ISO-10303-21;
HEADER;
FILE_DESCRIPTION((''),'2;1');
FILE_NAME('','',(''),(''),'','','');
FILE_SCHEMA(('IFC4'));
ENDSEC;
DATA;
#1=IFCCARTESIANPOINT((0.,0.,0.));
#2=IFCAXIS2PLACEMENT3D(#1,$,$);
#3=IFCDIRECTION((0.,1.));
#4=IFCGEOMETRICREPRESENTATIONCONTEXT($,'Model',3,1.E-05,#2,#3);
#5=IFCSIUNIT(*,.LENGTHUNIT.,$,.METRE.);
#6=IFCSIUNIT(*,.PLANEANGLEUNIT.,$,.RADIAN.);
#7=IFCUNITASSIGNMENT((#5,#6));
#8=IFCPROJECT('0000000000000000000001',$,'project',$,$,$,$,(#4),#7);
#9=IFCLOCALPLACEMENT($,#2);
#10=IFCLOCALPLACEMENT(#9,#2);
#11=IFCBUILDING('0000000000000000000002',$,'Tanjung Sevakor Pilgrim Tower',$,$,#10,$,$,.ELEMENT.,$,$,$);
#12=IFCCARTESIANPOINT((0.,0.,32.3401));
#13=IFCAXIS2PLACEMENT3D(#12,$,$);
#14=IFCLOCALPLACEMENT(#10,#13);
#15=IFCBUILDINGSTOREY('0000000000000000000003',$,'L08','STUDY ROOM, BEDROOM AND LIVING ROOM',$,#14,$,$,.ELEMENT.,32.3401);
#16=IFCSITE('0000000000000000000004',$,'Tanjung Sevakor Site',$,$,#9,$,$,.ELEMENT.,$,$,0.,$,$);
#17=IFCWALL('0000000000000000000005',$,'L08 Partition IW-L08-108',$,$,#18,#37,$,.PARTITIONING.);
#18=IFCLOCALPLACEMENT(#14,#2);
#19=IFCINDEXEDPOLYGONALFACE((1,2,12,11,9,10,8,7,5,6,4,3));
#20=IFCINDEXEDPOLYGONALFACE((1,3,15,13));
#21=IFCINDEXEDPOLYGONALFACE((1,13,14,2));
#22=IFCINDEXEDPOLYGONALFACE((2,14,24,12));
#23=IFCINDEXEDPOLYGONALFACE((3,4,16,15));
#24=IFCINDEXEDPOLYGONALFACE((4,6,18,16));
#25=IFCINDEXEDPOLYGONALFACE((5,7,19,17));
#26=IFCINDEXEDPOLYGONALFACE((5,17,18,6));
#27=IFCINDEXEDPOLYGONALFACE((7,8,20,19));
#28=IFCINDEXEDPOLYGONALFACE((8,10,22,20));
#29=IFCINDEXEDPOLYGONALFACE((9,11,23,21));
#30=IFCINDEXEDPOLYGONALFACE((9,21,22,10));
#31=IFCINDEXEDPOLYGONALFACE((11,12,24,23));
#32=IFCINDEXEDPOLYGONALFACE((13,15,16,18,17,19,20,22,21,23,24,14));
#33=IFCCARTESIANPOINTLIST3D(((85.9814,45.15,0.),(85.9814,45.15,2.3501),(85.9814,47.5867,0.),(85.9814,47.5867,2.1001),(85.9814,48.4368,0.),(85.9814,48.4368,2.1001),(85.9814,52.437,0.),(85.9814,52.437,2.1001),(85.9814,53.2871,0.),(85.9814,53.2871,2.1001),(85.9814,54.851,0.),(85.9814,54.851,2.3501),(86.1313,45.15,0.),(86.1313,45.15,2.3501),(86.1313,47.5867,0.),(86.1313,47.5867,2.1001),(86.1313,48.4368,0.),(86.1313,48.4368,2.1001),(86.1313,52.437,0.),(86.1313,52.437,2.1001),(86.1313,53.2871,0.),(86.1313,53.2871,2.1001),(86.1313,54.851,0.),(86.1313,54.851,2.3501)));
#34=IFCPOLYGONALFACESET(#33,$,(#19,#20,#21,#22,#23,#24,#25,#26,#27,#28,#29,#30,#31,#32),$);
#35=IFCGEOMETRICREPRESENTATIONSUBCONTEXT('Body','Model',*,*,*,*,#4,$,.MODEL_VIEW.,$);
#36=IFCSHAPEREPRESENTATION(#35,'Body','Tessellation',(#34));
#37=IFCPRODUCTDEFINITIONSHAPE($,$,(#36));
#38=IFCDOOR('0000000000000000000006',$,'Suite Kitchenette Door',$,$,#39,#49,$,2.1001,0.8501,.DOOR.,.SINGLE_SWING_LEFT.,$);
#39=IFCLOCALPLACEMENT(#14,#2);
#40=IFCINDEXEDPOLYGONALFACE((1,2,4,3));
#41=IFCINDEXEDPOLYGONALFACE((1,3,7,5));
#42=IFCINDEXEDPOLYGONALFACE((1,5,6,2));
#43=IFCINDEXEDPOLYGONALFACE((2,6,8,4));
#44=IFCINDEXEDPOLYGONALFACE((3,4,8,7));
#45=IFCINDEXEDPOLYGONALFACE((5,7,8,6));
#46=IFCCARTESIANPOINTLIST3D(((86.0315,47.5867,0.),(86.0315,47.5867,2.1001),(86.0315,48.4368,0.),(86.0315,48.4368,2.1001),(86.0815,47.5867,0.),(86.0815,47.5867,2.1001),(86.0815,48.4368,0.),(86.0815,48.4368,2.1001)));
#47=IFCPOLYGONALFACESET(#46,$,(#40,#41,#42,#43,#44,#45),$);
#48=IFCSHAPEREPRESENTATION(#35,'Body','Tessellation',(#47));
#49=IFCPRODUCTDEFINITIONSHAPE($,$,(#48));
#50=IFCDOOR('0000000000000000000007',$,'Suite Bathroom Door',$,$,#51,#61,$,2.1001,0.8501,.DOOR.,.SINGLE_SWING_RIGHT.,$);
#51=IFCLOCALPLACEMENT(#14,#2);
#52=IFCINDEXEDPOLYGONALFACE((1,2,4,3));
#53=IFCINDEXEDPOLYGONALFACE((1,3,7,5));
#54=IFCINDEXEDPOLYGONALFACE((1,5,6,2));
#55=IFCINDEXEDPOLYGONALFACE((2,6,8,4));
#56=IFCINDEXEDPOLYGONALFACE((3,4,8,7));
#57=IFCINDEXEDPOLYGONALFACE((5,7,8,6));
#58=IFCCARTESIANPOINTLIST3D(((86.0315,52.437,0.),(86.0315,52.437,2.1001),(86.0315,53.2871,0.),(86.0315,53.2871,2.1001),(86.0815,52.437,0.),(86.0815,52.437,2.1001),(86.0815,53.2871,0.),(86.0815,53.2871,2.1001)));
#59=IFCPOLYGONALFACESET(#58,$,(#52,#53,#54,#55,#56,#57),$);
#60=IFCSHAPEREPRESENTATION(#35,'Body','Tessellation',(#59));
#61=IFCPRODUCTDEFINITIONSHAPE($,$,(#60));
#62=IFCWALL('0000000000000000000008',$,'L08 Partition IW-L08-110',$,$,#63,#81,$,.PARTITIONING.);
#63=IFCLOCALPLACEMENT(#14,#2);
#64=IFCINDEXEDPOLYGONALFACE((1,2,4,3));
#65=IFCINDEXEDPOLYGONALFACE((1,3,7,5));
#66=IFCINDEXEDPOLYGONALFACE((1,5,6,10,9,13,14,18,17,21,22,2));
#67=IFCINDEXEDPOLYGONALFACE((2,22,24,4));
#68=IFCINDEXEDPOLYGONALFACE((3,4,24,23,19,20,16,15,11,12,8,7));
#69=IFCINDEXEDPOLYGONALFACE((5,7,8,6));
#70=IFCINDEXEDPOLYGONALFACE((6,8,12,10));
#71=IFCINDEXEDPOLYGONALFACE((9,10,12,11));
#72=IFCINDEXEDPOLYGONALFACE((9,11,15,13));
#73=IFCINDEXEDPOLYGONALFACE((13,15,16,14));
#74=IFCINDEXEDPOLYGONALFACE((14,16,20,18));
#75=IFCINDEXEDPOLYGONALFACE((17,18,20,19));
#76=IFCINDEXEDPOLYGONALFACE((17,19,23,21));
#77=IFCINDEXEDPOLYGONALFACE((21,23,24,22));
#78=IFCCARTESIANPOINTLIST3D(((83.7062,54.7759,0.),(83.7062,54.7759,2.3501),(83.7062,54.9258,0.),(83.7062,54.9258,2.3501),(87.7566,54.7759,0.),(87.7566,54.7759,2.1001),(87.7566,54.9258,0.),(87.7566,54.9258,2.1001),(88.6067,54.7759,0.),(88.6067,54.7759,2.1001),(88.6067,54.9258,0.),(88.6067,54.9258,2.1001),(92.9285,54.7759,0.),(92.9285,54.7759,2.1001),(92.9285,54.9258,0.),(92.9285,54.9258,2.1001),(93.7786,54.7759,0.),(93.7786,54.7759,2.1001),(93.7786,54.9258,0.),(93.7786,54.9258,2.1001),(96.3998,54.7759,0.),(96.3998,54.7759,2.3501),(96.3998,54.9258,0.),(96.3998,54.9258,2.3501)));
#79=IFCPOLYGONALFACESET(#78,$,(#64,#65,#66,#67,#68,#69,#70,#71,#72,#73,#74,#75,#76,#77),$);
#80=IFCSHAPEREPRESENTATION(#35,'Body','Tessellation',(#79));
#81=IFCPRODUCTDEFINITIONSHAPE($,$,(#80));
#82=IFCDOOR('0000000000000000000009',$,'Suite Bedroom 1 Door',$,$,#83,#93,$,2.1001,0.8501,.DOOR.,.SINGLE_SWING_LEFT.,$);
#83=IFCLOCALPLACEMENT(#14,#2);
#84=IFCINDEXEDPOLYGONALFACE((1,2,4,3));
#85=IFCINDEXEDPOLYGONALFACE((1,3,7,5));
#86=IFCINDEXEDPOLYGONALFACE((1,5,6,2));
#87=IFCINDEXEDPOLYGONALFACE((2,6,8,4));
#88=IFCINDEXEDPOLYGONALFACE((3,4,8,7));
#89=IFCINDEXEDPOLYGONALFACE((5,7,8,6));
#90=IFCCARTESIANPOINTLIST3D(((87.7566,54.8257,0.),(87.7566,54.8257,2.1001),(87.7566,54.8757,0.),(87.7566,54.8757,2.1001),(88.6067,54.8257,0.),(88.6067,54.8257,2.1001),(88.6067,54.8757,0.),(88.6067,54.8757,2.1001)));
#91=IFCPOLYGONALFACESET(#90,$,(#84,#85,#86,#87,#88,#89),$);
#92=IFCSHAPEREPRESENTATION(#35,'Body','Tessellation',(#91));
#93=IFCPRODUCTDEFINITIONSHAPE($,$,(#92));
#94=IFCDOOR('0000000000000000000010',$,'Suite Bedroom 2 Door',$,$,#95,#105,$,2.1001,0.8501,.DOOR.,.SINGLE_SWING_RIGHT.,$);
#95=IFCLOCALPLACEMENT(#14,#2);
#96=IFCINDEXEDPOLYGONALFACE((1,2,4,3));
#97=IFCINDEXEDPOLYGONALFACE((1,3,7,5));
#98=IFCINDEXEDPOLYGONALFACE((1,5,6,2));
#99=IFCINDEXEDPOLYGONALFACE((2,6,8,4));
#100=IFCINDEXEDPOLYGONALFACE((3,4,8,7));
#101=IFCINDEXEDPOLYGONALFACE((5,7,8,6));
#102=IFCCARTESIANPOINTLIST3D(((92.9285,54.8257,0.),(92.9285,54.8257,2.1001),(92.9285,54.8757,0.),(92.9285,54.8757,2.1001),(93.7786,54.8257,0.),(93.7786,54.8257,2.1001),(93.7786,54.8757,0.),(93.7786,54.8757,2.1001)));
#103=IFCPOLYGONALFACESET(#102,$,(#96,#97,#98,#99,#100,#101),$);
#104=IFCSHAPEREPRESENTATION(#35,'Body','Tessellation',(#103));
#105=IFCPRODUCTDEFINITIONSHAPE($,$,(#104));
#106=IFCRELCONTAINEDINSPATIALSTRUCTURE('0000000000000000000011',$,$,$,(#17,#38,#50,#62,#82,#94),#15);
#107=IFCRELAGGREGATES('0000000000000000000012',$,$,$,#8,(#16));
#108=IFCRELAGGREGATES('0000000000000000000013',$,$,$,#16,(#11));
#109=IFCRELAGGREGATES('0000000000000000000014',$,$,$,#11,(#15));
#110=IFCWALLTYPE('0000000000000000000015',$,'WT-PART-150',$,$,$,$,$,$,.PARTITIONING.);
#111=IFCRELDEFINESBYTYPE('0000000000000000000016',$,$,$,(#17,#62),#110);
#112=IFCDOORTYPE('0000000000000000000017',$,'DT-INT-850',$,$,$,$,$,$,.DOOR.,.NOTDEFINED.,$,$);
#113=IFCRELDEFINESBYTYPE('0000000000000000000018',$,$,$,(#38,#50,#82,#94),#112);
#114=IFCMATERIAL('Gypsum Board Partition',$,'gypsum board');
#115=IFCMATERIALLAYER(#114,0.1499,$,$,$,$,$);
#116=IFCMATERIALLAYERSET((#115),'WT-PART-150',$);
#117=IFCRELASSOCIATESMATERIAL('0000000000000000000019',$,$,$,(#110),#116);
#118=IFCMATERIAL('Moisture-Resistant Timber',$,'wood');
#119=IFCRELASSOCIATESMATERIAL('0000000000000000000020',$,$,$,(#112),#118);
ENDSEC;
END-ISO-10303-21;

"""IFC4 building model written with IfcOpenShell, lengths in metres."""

from ifc_helpers import new_model, si_unit, direction, frame, frame_2d, origin, place, context, subcontext, project, spatial, rectangle, extrude, material, layer, layer_set, type_object, element, fill, save


model = new_model("IFC4")

# Units and contexts
model_context = context("Model", 3, precision=1e-05, world=origin(), true_north=direction((0.0, 1.0)))
body_context = subcontext(model_context, "Body", "Model", "MODEL_VIEW")
ifc_project = project(units=[si_unit("LENGTHUNIT", "METRE"), si_unit("PLANEANGLEUNIT", "RADIAN")], contexts=[model_context])

# Site, building, storey
site_placement = place(None, origin())
site = spatial("IfcSite", under=ifc_project, at=site_placement, Name="Tanjung Sevakor Site", CompositionType="ELEMENT", RefElevation=0.0)
building_placement = place(site_placement, origin())
building = spatial("IfcBuilding", under=site, at=building_placement, Name="Tanjung Sevakor Pilgrim Tower", CompositionType="ELEMENT")
storey_placement = place(building_placement, frame((0.0, 0.0, 32.3401)))
storey = spatial("IfcBuildingStorey", under=building, at=storey_placement, Name="L08", Description="STUDY ROOM, BEDROOM AND LIVING ROOM", CompositionType="ELEMENT", Elevation=32.3401)

# Shared definitions
ifc_material_1 = material(Name="Gypsum Board Partition", Category="gypsum board")
ifc_layer_1 = layer(ifc_material_1, 0.1499)
ifc_layer_set_1 = layer_set([ifc_layer_1], Name="WT-PART-150")
wall_type_1 = type_object("IfcWallType", Name="WT-PART-150", PredefinedType="PARTITIONING", material=ifc_layer_set_1)

# Walls, openings, doors
wall_1_placement = place(storey_placement, frame((86.0564, 45.1499, 0.0), z_axis=(0.0, 0.0, 1.0), x_axis=(0.0, 1.0, 0.0)))
wall_1 = element("IfcWall", 1, at=wall_1_placement, inside=storey, type_object=wall_type_1, Name="L08 Partition IW-L08-108", PredefinedType="PARTITIONING", context=body_context, shape_type="SweptSolid", body=[
    extrude(rectangle(XDim=9.7009, YDim=0.1499, at=frame_2d((4.8506, 0.0))), origin(), (0.0, 0.0, 1.0), 2.3501),
])
opening_1_placement = place(wall_1_placement, frame((2.4368, 0.0, 0.0)))
opening_1 = element("IfcOpeningElement", 2, at=opening_1_placement, cuts=wall_1, PredefinedType="OPENING", context=body_context, shape_type="SweptSolid", body=[
    extrude(rectangle(XDim=0.8501, YDim=2.1001, at=frame_2d((0.425, 1.05))), frame((0.0, 0.085, 0.0), z_axis=(0.0, -1.0, 0.0), x_axis=(1.0, 0.0, 0.0)), (0.0, 0.0, 1.0), 0.1699),
])
opening_2_placement = place(wall_1_placement, frame((7.2871, 0.0, 0.0)))
opening_2 = element("IfcOpeningElement", 3, at=opening_2_placement, cuts=wall_1, PredefinedType="OPENING", context=body_context, shape_type="SweptSolid", body=[
    extrude(rectangle(XDim=0.8501, YDim=2.1001, at=frame_2d((0.425, 1.05))), frame((0.0, 0.085, 0.0), z_axis=(0.0, -1.0, 0.0), x_axis=(1.0, 0.0, 0.0)), (0.0, 0.0, 1.0), 0.1699),
])
ifc_material_2 = material(Name="Moisture-Resistant Timber", Category="wood")
door_type_1 = type_object("IfcDoorType", Name="DT-INT-850", OperationType="NOTDEFINED", PredefinedType="DOOR", material=ifc_material_2)
door_1_placement = place(opening_1_placement, origin())
door_1 = element("IfcDoor", 4, at=door_1_placement, inside=storey, type_object=door_type_1, Name="Suite Kitchenette Door", OperationType="SINGLE_SWING_LEFT", OverallHeight=2.1001, OverallWidth=0.8501, PredefinedType="DOOR", context=body_context, shape_type="SweptSolid", body=[
    extrude(rectangle(XDim=0.8501, YDim=2.1001, at=frame_2d((0.425, 1.05))), frame((0.0, 0.0249, 0.0), z_axis=(0.0, -1.0, 0.0), x_axis=(1.0, 0.0, 0.0)), (0.0, 0.0, 1.0), 0.05),
])
fill(opening_1, door_1)
door_2_placement = place(opening_2_placement, origin())
door_2 = element("IfcDoor", 5, at=door_2_placement, inside=storey, type_object=door_type_1, Name="Suite Bathroom Door", OperationType="SINGLE_SWING_RIGHT", OverallHeight=2.1001, OverallWidth=0.8501, PredefinedType="DOOR", context=body_context, shape_type="SweptSolid", body=[
    extrude(rectangle(XDim=0.8501, YDim=2.1001, at=frame_2d((0.425, 1.05))), frame((0.0, 0.0249, 0.0), z_axis=(0.0, -1.0, 0.0), x_axis=(1.0, 0.0, 0.0)), (0.0, 0.0, 1.0), 0.05),
])
fill(opening_2, door_2)
wall_2_placement = place(storey_placement, frame((83.7063, 54.8508, 0.0), z_axis=(0.0, 0.0, 1.0), x_axis=(1.0, 0.0, 0.0)))
wall_2 = element("IfcWall", 6, at=wall_2_placement, inside=storey, type_object=wall_type_1, Name="L08 Partition IW-L08-110", PredefinedType="PARTITIONING", context=body_context, shape_type="SweptSolid", body=[
    extrude(rectangle(XDim=12.6936, YDim=0.1499, at=frame_2d((6.3467, 0.0))), origin(), (0.0, 0.0, 1.0), 2.3501),
])
opening_3_placement = place(wall_2_placement, frame((4.0503, 0.0, 0.0)))
opening_3 = element("IfcOpeningElement", 7, at=opening_3_placement, cuts=wall_2, PredefinedType="OPENING", context=body_context, shape_type="SweptSolid", body=[
    extrude(rectangle(XDim=0.8501, YDim=2.1001, at=frame_2d((0.425, 1.05))), frame((0.0, 0.085, 0.0), z_axis=(0.0, -1.0, 0.0), x_axis=(1.0, 0.0, 0.0)), (0.0, 0.0, 1.0), 0.1699),
])
opening_4_placement = place(wall_2_placement, frame((9.2222, 0.0, 0.0)))
opening_4 = element("IfcOpeningElement", 8, at=opening_4_placement, cuts=wall_2, PredefinedType="OPENING", context=body_context, shape_type="SweptSolid", body=[
    extrude(rectangle(XDim=0.8501, YDim=2.1001, at=frame_2d((0.425, 1.05))), frame((0.0, 0.085, 0.0), z_axis=(0.0, -1.0, 0.0), x_axis=(1.0, 0.0, 0.0)), (0.0, 0.0, 1.0), 0.1699),
])
door_3_placement = place(opening_3_placement, origin())
door_3 = element("IfcDoor", 9, at=door_3_placement, inside=storey, type_object=door_type_1, Name="Suite Bedroom 1 Door", OperationType="SINGLE_SWING_LEFT", OverallHeight=2.1001, OverallWidth=0.8501, PredefinedType="DOOR", context=body_context, shape_type="SweptSolid", body=[
    extrude(rectangle(XDim=0.8501, YDim=2.1001, at=frame_2d((0.425, 1.05))), frame((0.0, 0.0249, 0.0), z_axis=(0.0, -1.0, 0.0), x_axis=(1.0, 0.0, 0.0)), (0.0, 0.0, 1.0), 0.05),
])
fill(opening_3, door_3)
door_4_placement = place(opening_4_placement, origin())
door_4 = element("IfcDoor", 10, at=door_4_placement, inside=storey, type_object=door_type_1, Name="Suite Bedroom 2 Door", OperationType="SINGLE_SWING_RIGHT", OverallHeight=2.1001, OverallWidth=0.8501, PredefinedType="DOOR", context=body_context, shape_type="SweptSolid", body=[
    extrude(rectangle(XDim=0.8501, YDim=2.1001, at=frame_2d((0.425, 1.05))), frame((0.0, 0.0249, 0.0), z_axis=(0.0, -1.0, 0.0), x_axis=(1.0, 0.0, 0.0)), (0.0, 0.0, 1.0), 0.05),
])
fill(opening_4, door_4)

save(model, "model.ifc")
